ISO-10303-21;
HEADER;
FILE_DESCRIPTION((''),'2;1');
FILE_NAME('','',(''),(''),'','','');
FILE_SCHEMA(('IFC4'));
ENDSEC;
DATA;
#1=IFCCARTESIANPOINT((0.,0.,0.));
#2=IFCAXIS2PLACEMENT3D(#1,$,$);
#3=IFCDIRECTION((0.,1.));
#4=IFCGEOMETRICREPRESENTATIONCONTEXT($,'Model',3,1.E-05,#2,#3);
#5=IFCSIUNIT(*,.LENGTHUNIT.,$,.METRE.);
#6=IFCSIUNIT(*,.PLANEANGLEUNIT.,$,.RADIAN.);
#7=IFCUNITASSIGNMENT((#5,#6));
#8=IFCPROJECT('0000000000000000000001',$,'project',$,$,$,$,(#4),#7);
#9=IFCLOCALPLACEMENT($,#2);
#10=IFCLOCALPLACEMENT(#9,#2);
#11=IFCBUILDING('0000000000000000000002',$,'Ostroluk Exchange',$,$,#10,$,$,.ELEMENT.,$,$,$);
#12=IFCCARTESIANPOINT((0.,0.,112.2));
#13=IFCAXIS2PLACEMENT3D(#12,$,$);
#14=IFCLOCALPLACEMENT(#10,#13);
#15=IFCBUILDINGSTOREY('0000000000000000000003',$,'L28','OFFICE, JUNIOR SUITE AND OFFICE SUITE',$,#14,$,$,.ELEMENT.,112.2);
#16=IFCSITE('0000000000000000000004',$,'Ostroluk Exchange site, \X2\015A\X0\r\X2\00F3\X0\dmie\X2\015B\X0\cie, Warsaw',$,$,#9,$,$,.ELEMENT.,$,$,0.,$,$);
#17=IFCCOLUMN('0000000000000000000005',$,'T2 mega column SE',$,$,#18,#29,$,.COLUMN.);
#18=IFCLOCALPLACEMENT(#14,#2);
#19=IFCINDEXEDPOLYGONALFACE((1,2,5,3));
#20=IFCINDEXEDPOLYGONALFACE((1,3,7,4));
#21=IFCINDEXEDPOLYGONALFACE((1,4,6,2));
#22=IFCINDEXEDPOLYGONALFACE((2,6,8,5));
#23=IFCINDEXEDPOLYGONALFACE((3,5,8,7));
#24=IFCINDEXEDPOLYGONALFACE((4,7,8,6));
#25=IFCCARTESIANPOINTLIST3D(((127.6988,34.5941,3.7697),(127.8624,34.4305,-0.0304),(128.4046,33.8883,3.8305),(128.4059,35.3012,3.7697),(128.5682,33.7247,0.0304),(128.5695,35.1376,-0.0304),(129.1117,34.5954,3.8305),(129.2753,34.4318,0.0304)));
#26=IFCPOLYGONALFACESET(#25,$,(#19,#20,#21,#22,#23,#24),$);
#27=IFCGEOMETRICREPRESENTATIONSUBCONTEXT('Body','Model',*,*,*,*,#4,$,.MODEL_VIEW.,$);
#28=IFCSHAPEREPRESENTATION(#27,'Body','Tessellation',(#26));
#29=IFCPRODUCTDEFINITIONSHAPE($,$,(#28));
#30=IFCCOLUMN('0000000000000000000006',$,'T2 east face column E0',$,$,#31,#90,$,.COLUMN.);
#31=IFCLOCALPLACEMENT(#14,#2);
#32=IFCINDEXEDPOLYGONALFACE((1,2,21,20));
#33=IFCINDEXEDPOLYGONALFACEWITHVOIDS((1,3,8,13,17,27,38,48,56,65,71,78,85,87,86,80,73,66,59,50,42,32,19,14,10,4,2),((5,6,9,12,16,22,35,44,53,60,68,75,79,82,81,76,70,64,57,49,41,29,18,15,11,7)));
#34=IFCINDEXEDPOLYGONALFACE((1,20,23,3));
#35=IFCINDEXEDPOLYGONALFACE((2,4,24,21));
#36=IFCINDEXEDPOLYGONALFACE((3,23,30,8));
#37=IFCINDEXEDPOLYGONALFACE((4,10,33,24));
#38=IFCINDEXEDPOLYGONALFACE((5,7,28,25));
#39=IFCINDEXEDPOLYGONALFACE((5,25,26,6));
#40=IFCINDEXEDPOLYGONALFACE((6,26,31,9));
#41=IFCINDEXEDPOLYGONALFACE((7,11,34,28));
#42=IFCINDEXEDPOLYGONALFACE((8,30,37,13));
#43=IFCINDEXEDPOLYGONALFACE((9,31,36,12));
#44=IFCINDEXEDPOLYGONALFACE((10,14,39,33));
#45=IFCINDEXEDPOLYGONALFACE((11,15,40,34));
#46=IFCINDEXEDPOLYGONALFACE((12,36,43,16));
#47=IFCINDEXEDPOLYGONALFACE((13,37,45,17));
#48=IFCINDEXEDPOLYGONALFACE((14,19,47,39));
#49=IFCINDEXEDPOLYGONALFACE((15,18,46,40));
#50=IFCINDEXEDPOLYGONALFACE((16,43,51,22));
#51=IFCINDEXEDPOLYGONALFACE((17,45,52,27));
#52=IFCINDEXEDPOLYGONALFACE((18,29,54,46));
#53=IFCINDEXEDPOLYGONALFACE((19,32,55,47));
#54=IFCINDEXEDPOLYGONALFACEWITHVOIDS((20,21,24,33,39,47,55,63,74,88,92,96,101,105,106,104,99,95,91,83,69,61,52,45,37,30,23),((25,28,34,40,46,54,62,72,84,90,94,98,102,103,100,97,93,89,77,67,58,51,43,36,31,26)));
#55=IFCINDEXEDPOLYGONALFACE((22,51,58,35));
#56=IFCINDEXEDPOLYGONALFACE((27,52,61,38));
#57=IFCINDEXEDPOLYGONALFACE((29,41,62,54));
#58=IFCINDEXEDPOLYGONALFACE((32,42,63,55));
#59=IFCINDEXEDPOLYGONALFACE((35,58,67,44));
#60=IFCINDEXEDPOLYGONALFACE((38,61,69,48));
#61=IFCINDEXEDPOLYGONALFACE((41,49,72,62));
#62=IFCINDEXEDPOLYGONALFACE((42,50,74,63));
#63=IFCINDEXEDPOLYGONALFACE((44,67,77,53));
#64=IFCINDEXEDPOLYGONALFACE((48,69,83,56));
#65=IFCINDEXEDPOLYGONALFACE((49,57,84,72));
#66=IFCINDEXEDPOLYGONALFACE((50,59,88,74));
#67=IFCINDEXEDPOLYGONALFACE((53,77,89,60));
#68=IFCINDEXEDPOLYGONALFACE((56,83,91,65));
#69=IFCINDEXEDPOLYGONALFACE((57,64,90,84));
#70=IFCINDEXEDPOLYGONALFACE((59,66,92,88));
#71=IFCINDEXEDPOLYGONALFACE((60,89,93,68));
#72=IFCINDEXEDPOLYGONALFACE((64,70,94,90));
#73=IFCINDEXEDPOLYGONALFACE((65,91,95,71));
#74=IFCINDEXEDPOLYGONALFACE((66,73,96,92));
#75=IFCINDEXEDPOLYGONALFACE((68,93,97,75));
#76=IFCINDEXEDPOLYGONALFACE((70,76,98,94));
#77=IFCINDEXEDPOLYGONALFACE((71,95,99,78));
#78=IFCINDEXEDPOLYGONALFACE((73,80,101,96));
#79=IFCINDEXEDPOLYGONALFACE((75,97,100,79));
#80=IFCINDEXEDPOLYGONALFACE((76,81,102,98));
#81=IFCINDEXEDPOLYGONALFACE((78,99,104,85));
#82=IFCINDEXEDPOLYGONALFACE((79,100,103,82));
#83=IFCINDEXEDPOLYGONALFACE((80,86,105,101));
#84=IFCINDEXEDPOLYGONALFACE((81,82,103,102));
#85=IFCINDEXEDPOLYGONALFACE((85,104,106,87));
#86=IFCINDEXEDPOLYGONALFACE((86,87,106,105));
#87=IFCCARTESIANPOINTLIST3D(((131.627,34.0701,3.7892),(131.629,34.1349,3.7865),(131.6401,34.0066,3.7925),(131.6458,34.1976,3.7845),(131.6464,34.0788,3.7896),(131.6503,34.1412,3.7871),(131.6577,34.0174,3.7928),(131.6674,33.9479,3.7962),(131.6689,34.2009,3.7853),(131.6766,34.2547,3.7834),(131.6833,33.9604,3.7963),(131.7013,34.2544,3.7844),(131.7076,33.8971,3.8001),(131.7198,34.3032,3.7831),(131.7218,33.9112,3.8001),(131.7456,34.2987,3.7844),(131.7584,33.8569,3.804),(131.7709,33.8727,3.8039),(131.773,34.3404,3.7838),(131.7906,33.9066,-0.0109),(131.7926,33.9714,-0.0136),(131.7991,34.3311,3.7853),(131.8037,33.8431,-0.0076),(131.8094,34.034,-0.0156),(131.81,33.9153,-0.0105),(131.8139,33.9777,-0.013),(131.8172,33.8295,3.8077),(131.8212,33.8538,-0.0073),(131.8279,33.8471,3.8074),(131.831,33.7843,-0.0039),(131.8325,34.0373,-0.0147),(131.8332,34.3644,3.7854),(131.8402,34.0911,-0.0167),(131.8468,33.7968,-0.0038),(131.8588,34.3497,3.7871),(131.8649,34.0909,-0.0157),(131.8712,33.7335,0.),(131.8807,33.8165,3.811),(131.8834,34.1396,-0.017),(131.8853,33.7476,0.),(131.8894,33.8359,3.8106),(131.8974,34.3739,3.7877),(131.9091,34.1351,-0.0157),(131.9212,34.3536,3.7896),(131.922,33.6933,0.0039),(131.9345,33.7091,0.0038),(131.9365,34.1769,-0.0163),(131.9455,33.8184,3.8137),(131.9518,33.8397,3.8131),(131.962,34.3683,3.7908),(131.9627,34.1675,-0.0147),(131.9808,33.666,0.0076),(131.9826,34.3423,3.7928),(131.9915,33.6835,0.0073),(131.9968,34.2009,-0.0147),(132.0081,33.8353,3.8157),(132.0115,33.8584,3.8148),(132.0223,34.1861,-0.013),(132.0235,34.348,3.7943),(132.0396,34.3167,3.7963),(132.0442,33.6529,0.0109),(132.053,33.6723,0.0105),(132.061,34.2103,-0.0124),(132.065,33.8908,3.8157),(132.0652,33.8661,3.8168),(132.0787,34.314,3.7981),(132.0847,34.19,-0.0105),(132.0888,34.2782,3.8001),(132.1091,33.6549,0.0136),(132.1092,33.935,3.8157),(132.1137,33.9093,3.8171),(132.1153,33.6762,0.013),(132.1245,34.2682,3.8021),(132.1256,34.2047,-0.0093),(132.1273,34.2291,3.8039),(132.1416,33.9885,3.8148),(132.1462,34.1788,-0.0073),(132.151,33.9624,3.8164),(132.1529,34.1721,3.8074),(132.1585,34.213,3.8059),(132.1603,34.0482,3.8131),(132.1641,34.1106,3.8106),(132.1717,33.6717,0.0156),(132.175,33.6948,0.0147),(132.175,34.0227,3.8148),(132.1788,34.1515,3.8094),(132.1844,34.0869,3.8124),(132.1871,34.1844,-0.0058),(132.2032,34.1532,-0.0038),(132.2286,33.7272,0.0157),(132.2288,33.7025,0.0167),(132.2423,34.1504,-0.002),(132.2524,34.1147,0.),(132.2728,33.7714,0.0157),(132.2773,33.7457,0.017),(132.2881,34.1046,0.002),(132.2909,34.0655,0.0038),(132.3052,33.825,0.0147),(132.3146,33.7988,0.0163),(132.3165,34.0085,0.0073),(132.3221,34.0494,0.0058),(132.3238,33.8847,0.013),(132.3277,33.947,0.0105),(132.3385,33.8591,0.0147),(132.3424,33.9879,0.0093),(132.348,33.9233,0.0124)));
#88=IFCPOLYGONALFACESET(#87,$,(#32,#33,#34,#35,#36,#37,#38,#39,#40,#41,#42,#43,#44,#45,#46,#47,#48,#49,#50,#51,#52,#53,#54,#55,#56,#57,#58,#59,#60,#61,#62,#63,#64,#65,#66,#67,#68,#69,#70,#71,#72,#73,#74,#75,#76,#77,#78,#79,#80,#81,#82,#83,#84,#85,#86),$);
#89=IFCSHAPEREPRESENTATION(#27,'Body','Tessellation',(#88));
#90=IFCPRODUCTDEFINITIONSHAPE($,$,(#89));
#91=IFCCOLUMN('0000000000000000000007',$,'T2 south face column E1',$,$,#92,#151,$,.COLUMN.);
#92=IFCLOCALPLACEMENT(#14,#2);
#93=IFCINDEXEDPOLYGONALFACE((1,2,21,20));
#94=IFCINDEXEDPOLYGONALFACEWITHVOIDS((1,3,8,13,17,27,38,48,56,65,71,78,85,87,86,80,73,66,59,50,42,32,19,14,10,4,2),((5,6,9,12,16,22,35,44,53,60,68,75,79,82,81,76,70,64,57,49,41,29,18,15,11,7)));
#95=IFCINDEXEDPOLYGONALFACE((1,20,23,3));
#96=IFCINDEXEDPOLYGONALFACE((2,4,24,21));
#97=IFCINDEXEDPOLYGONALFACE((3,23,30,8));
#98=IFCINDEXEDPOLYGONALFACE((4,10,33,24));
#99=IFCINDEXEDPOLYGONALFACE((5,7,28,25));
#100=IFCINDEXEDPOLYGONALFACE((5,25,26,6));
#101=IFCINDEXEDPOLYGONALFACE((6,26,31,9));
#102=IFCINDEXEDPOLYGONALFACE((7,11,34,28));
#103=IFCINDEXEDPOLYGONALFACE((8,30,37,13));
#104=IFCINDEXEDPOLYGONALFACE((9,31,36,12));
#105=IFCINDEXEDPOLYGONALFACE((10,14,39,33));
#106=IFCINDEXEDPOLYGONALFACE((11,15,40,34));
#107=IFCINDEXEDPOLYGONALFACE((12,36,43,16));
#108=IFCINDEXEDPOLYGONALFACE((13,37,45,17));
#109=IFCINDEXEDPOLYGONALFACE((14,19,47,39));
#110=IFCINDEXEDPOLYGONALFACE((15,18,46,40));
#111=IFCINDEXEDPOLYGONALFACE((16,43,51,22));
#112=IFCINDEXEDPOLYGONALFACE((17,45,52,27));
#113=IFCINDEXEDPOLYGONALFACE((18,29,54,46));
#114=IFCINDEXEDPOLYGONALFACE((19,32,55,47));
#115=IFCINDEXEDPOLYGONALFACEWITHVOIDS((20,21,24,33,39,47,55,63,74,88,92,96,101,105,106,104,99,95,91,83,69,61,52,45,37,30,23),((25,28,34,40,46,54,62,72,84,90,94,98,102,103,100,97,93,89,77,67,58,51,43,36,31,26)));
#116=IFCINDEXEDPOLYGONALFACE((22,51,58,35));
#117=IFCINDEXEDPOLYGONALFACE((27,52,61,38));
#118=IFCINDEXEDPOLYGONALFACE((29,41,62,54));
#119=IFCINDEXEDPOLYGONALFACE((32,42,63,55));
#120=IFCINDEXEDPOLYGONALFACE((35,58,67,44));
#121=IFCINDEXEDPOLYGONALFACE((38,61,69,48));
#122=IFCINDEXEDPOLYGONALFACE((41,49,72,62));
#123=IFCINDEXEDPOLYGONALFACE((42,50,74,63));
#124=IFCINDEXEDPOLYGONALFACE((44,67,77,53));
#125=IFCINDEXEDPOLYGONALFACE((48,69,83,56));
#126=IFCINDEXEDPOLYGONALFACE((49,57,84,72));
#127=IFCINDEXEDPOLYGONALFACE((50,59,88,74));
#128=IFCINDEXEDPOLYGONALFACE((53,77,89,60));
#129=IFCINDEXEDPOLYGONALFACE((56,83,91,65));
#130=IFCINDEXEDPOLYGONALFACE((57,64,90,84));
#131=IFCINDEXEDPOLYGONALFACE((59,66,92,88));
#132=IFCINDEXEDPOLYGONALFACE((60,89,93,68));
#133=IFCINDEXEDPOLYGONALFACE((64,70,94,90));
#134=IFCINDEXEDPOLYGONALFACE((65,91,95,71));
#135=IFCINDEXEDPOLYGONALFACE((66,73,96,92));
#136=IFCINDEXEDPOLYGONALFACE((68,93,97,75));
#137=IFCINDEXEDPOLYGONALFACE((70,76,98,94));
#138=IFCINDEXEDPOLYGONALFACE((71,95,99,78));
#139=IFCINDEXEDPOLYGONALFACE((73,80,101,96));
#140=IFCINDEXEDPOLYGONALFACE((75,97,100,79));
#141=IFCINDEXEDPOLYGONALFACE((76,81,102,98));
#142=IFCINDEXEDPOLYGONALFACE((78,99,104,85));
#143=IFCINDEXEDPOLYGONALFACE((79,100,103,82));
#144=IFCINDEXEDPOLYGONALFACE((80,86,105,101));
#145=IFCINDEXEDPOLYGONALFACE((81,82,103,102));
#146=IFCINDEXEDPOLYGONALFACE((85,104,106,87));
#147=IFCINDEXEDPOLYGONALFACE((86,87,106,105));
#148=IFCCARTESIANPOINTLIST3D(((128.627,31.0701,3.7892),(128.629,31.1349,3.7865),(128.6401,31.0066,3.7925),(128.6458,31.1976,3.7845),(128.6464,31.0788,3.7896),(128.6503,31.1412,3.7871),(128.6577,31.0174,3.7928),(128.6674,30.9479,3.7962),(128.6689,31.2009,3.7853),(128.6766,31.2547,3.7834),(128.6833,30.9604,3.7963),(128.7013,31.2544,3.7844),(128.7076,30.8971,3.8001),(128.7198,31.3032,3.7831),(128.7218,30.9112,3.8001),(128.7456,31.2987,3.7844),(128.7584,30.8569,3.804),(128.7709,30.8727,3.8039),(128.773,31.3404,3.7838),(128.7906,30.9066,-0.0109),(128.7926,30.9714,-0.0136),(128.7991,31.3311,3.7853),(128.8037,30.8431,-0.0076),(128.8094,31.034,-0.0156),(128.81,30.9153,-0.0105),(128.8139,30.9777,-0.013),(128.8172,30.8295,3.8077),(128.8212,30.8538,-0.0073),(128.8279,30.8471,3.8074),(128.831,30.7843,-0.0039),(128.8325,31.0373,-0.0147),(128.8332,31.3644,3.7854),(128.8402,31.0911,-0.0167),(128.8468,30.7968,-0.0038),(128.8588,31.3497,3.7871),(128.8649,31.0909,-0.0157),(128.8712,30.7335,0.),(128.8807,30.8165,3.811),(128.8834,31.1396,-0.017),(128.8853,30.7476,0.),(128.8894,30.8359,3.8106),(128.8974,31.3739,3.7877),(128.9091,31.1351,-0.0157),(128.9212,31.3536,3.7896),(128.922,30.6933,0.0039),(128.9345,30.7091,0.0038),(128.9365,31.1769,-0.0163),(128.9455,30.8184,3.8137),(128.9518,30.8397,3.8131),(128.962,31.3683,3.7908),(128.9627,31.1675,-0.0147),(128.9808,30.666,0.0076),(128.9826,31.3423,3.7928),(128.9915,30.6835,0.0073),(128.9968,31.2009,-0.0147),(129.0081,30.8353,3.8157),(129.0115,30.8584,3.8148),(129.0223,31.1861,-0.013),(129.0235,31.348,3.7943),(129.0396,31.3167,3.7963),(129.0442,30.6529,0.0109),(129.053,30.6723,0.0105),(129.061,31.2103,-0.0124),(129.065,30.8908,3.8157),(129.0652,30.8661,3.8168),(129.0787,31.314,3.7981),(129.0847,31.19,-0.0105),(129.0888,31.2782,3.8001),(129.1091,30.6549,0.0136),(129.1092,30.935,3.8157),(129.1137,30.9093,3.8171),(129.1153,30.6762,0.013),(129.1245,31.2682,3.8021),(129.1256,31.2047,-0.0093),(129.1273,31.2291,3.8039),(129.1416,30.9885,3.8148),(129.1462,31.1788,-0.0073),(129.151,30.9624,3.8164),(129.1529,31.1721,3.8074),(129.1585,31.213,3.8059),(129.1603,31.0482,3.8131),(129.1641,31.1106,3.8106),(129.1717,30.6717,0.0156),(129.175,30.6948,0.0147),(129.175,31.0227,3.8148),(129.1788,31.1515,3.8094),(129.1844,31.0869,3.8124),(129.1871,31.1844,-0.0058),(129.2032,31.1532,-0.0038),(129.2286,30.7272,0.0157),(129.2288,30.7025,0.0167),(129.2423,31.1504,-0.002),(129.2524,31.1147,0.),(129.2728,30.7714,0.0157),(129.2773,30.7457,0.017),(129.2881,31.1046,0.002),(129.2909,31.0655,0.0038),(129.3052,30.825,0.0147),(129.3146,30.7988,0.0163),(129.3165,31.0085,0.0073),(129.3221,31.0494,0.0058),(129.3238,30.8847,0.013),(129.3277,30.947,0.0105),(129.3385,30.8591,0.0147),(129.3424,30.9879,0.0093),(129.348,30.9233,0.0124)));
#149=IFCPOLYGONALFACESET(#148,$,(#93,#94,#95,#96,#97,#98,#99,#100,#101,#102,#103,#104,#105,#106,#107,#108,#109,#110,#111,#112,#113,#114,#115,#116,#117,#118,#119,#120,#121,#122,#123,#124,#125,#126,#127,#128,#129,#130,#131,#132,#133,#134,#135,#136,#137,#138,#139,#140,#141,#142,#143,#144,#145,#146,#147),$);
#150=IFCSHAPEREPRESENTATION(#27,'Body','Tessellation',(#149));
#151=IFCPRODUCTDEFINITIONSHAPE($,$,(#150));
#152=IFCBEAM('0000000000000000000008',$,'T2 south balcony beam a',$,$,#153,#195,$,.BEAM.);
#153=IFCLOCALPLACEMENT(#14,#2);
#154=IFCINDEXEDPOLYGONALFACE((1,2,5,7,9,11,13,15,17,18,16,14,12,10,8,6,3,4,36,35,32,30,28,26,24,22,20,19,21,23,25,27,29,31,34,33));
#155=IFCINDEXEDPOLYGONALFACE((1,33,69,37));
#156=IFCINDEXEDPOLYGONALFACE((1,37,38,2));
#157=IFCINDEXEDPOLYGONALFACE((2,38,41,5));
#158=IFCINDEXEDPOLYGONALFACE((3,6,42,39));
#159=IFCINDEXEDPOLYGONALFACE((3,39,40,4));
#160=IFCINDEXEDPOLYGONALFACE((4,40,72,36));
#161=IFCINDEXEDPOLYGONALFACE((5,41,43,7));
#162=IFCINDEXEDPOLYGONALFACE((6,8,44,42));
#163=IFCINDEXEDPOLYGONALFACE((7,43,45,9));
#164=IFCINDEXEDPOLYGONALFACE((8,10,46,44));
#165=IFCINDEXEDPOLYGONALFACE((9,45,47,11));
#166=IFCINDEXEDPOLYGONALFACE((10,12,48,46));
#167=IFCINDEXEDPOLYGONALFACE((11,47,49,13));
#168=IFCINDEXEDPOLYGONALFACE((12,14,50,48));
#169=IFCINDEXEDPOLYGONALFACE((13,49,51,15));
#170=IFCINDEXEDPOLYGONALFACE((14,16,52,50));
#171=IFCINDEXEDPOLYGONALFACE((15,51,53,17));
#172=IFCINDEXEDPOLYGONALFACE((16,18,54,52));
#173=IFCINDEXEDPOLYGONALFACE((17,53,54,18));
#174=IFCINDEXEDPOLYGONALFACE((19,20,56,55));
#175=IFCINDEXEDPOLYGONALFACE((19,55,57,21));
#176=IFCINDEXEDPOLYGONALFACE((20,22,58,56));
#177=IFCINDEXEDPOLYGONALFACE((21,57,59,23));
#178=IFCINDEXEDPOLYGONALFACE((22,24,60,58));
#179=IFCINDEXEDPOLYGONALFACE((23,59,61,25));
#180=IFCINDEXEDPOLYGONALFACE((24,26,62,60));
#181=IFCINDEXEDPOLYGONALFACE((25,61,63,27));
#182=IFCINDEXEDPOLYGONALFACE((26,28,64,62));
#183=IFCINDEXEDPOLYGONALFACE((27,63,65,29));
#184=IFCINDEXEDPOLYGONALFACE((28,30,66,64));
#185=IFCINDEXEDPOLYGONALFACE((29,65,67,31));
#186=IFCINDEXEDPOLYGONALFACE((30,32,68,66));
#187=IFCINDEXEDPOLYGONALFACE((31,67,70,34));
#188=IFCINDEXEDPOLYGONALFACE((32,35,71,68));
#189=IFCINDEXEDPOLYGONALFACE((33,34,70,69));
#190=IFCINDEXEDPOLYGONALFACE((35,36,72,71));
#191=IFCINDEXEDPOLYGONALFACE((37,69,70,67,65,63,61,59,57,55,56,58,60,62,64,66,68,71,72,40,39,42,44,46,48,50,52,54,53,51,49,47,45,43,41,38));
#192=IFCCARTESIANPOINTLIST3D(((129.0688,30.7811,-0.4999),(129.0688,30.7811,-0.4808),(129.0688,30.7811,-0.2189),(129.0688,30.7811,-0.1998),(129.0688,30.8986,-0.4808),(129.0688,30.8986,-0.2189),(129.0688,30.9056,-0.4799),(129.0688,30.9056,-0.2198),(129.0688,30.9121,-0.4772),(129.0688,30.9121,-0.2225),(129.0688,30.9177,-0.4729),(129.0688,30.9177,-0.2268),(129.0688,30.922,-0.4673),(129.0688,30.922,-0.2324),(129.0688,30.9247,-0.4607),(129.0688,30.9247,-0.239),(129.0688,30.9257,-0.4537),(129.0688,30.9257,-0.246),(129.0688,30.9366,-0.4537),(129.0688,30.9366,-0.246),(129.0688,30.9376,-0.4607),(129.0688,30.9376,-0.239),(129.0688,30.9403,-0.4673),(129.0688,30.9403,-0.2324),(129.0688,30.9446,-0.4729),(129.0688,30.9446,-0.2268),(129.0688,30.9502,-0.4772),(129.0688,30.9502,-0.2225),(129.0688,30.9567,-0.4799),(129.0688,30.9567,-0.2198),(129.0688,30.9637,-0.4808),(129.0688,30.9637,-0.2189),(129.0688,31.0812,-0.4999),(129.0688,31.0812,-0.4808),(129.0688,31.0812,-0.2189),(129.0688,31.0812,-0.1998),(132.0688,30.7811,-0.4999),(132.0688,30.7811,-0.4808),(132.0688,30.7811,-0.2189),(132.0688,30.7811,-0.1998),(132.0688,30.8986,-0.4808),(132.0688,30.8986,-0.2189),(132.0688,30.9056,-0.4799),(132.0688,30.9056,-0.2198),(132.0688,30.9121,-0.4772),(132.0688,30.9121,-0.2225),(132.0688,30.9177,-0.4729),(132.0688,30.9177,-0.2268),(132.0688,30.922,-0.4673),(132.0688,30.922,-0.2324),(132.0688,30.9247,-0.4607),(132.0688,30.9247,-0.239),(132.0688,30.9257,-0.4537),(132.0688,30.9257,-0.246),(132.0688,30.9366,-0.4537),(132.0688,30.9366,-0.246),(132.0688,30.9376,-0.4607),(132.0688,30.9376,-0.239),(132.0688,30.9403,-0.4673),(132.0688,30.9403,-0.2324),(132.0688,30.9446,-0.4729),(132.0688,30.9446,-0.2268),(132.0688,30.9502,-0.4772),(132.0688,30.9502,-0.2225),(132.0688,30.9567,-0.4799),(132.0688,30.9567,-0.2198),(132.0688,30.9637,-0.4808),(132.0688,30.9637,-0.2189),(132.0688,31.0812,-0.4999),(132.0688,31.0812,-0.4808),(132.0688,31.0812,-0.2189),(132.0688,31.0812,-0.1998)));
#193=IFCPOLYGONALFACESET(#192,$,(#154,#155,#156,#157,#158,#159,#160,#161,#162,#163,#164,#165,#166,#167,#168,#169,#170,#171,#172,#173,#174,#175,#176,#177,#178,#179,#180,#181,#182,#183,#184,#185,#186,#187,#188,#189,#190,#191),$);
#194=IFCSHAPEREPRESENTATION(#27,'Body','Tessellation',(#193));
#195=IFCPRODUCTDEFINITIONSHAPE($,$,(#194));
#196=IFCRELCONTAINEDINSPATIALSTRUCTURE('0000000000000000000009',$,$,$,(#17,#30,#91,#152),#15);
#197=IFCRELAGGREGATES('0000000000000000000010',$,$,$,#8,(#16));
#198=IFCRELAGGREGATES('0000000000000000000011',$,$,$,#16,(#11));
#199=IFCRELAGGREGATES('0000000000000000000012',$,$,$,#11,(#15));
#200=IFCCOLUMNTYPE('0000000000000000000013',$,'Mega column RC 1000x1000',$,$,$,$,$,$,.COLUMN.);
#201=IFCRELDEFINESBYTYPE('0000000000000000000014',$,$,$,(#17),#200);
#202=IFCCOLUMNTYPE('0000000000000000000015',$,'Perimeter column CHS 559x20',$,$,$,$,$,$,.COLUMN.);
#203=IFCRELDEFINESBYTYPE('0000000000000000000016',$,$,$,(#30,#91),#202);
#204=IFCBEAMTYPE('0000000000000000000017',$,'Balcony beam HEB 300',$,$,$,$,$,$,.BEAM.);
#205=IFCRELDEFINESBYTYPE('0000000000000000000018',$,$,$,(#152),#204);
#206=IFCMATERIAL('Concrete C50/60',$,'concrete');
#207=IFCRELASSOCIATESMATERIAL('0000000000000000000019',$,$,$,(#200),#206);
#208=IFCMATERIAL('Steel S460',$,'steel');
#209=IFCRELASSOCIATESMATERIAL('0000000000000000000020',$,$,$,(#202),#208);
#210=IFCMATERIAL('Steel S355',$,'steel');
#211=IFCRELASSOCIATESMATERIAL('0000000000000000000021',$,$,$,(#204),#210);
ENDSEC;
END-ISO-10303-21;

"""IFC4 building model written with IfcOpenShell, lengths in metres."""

from ifc_helpers import new_model, si_unit, direction, frame, origin, origin_2d, place, context, subcontext, project, spatial, rectangle, hollow_circle, i_section, extrude, material, material_profile, profile_set, type_object, element, save


model = new_model("IFC4")

# Units and contexts
model_context = context("Model", 3, precision=1e-05, world=origin(), true_north=direction((0.0, 1.0)))
body_context = subcontext(model_context, "Body", "Model", "MODEL_VIEW")
ifc_project = project(units=[si_unit("LENGTHUNIT", "METRE"), si_unit("PLANEANGLEUNIT", "RADIAN")], contexts=[model_context])

# Site, building, storey
site_placement = place(None, origin())
site = spatial("IfcSite", under=ifc_project, at=site_placement, Name="Ostroluk Exchange site, Śródmieście, Warsaw", CompositionType="ELEMENT", RefElevation=0.0)
building_placement = place(site_placement, origin())
building = spatial("IfcBuilding", under=site, at=building_placement, Name="Ostroluk Exchange", CompositionType="ELEMENT")
storey_placement = place(building_placement, frame((0.0, 0.0, 112.2)))
storey = spatial("IfcBuildingStorey", under=building, at=storey_placement, Name="L28", Description="OFFICE, JUNIOR SUITE AND OFFICE SUITE", CompositionType="ELEMENT", Elevation=112.2)

# Columns
ifc_material_1 = material(Name="Concrete C50/60", Category="concrete")
ifc_material_profile_1 = material_profile(ifc_material_1, rectangle(XDim=1.0, YDim=1.0, at=origin_2d()), Name="RC 1000x1000")
ifc_profile_set_1 = profile_set([ifc_material_profile_1], Name="Concrete C50/60")
column_type_1 = type_object("IfcColumnType", Name="Mega column RC 1000x1000", PredefinedType="COLUMN", material=ifc_profile_set_1)
column_placement = place(storey_placement, frame((128.5688, 34.4312, 0.0), z_axis=(-0.042966, 0.042966, 0.998152), x_axis=(-0.707107, -0.707107, 0.0)))
element("IfcColumn", 1, at=column_placement, inside=storey, type_object=column_type_1, Name="T2 mega column SE", PredefinedType="COLUMN", context=body_context, shape_type="SweptSolid", body=[
    extrude(rectangle(XDim=1.0, YDim=1.0, at=origin_2d()), origin(), (0.0, 0.0, 1.0), 3.8071),
])
ifc_material_2 = material(Name="Steel S460", Category="steel")
ifc_material_profile_2 = material_profile(ifc_material_2, hollow_circle(Radius=0.2795, WallThickness=0.02, at=origin_2d()), Name="CHS 559x20")
ifc_profile_set_2 = profile_set([ifc_material_profile_2], Name="Steel S460")
column_type_2 = type_object("IfcColumnType", Name="Perimeter column CHS 559x20", PredefinedType="COLUMN", material=ifc_profile_set_2)
for number, where, z_axis, x_axis, name in (
    (2, (132.0688, 33.9312, 0.0), (-0.042966, 0.042966, 0.998152), (-0.707107, -0.707107, 0.0), "T2 east face column E0"),
    (3, (129.0688, 30.9312, 0.0), (-0.042966, 0.042966, 0.998152), (-0.707107, -0.707107, 0.0), "T2 south face column E1"),
):
    element("IfcColumn", number, at=place(storey_placement, frame(where, z_axis=z_axis, x_axis=x_axis)), inside=storey, type_object=column_type_2, Name=name, PredefinedType="COLUMN", context=body_context, shape_type="SweptSolid", body=[
        extrude(hollow_circle(Radius=0.2795, WallThickness=0.02, at=origin_2d()), origin(), (0.0, 0.0, 1.0), 3.8071),
    ])

# Beam
ifc_material_3 = material(Name="Steel S355", Category="steel")
ifc_material_profile_3 = material_profile(ifc_material_3, i_section(OverallWidth=0.3, OverallDepth=0.3, WebThickness=0.011, FlangeThickness=0.019, FilletRadius=0.0271, at=origin_2d()), Name="HEB 300")
ifc_profile_set_3 = profile_set([ifc_material_profile_3], Name="Steel S355")
beam_type_1 = type_object("IfcBeamType", Name="Balcony beam HEB 300", PredefinedType="BEAM", material=ifc_profile_set_3)
for number, where, z_axis, x_axis, name in (
    (4, (129.0688, 30.9312, -0.3499), (1.0, 0.0, 0.0), (0.0, 1.0, 0.0), "T2 south balcony beam a"),
):
    element("IfcBeam", number, at=place(storey_placement, frame(where, z_axis=z_axis, x_axis=x_axis)), inside=storey, type_object=beam_type_1, Name=name, PredefinedType="BEAM", context=body_context, shape_type="SweptSolid", body=[
        extrude(i_section(OverallWidth=0.3, OverallDepth=0.3, WebThickness=0.011, FlangeThickness=0.019, FilletRadius=0.0271, at=origin_2d()), origin(), (0.0, 0.0, 1.0), 3.0),
    ])

save(model, "model.ifc")
